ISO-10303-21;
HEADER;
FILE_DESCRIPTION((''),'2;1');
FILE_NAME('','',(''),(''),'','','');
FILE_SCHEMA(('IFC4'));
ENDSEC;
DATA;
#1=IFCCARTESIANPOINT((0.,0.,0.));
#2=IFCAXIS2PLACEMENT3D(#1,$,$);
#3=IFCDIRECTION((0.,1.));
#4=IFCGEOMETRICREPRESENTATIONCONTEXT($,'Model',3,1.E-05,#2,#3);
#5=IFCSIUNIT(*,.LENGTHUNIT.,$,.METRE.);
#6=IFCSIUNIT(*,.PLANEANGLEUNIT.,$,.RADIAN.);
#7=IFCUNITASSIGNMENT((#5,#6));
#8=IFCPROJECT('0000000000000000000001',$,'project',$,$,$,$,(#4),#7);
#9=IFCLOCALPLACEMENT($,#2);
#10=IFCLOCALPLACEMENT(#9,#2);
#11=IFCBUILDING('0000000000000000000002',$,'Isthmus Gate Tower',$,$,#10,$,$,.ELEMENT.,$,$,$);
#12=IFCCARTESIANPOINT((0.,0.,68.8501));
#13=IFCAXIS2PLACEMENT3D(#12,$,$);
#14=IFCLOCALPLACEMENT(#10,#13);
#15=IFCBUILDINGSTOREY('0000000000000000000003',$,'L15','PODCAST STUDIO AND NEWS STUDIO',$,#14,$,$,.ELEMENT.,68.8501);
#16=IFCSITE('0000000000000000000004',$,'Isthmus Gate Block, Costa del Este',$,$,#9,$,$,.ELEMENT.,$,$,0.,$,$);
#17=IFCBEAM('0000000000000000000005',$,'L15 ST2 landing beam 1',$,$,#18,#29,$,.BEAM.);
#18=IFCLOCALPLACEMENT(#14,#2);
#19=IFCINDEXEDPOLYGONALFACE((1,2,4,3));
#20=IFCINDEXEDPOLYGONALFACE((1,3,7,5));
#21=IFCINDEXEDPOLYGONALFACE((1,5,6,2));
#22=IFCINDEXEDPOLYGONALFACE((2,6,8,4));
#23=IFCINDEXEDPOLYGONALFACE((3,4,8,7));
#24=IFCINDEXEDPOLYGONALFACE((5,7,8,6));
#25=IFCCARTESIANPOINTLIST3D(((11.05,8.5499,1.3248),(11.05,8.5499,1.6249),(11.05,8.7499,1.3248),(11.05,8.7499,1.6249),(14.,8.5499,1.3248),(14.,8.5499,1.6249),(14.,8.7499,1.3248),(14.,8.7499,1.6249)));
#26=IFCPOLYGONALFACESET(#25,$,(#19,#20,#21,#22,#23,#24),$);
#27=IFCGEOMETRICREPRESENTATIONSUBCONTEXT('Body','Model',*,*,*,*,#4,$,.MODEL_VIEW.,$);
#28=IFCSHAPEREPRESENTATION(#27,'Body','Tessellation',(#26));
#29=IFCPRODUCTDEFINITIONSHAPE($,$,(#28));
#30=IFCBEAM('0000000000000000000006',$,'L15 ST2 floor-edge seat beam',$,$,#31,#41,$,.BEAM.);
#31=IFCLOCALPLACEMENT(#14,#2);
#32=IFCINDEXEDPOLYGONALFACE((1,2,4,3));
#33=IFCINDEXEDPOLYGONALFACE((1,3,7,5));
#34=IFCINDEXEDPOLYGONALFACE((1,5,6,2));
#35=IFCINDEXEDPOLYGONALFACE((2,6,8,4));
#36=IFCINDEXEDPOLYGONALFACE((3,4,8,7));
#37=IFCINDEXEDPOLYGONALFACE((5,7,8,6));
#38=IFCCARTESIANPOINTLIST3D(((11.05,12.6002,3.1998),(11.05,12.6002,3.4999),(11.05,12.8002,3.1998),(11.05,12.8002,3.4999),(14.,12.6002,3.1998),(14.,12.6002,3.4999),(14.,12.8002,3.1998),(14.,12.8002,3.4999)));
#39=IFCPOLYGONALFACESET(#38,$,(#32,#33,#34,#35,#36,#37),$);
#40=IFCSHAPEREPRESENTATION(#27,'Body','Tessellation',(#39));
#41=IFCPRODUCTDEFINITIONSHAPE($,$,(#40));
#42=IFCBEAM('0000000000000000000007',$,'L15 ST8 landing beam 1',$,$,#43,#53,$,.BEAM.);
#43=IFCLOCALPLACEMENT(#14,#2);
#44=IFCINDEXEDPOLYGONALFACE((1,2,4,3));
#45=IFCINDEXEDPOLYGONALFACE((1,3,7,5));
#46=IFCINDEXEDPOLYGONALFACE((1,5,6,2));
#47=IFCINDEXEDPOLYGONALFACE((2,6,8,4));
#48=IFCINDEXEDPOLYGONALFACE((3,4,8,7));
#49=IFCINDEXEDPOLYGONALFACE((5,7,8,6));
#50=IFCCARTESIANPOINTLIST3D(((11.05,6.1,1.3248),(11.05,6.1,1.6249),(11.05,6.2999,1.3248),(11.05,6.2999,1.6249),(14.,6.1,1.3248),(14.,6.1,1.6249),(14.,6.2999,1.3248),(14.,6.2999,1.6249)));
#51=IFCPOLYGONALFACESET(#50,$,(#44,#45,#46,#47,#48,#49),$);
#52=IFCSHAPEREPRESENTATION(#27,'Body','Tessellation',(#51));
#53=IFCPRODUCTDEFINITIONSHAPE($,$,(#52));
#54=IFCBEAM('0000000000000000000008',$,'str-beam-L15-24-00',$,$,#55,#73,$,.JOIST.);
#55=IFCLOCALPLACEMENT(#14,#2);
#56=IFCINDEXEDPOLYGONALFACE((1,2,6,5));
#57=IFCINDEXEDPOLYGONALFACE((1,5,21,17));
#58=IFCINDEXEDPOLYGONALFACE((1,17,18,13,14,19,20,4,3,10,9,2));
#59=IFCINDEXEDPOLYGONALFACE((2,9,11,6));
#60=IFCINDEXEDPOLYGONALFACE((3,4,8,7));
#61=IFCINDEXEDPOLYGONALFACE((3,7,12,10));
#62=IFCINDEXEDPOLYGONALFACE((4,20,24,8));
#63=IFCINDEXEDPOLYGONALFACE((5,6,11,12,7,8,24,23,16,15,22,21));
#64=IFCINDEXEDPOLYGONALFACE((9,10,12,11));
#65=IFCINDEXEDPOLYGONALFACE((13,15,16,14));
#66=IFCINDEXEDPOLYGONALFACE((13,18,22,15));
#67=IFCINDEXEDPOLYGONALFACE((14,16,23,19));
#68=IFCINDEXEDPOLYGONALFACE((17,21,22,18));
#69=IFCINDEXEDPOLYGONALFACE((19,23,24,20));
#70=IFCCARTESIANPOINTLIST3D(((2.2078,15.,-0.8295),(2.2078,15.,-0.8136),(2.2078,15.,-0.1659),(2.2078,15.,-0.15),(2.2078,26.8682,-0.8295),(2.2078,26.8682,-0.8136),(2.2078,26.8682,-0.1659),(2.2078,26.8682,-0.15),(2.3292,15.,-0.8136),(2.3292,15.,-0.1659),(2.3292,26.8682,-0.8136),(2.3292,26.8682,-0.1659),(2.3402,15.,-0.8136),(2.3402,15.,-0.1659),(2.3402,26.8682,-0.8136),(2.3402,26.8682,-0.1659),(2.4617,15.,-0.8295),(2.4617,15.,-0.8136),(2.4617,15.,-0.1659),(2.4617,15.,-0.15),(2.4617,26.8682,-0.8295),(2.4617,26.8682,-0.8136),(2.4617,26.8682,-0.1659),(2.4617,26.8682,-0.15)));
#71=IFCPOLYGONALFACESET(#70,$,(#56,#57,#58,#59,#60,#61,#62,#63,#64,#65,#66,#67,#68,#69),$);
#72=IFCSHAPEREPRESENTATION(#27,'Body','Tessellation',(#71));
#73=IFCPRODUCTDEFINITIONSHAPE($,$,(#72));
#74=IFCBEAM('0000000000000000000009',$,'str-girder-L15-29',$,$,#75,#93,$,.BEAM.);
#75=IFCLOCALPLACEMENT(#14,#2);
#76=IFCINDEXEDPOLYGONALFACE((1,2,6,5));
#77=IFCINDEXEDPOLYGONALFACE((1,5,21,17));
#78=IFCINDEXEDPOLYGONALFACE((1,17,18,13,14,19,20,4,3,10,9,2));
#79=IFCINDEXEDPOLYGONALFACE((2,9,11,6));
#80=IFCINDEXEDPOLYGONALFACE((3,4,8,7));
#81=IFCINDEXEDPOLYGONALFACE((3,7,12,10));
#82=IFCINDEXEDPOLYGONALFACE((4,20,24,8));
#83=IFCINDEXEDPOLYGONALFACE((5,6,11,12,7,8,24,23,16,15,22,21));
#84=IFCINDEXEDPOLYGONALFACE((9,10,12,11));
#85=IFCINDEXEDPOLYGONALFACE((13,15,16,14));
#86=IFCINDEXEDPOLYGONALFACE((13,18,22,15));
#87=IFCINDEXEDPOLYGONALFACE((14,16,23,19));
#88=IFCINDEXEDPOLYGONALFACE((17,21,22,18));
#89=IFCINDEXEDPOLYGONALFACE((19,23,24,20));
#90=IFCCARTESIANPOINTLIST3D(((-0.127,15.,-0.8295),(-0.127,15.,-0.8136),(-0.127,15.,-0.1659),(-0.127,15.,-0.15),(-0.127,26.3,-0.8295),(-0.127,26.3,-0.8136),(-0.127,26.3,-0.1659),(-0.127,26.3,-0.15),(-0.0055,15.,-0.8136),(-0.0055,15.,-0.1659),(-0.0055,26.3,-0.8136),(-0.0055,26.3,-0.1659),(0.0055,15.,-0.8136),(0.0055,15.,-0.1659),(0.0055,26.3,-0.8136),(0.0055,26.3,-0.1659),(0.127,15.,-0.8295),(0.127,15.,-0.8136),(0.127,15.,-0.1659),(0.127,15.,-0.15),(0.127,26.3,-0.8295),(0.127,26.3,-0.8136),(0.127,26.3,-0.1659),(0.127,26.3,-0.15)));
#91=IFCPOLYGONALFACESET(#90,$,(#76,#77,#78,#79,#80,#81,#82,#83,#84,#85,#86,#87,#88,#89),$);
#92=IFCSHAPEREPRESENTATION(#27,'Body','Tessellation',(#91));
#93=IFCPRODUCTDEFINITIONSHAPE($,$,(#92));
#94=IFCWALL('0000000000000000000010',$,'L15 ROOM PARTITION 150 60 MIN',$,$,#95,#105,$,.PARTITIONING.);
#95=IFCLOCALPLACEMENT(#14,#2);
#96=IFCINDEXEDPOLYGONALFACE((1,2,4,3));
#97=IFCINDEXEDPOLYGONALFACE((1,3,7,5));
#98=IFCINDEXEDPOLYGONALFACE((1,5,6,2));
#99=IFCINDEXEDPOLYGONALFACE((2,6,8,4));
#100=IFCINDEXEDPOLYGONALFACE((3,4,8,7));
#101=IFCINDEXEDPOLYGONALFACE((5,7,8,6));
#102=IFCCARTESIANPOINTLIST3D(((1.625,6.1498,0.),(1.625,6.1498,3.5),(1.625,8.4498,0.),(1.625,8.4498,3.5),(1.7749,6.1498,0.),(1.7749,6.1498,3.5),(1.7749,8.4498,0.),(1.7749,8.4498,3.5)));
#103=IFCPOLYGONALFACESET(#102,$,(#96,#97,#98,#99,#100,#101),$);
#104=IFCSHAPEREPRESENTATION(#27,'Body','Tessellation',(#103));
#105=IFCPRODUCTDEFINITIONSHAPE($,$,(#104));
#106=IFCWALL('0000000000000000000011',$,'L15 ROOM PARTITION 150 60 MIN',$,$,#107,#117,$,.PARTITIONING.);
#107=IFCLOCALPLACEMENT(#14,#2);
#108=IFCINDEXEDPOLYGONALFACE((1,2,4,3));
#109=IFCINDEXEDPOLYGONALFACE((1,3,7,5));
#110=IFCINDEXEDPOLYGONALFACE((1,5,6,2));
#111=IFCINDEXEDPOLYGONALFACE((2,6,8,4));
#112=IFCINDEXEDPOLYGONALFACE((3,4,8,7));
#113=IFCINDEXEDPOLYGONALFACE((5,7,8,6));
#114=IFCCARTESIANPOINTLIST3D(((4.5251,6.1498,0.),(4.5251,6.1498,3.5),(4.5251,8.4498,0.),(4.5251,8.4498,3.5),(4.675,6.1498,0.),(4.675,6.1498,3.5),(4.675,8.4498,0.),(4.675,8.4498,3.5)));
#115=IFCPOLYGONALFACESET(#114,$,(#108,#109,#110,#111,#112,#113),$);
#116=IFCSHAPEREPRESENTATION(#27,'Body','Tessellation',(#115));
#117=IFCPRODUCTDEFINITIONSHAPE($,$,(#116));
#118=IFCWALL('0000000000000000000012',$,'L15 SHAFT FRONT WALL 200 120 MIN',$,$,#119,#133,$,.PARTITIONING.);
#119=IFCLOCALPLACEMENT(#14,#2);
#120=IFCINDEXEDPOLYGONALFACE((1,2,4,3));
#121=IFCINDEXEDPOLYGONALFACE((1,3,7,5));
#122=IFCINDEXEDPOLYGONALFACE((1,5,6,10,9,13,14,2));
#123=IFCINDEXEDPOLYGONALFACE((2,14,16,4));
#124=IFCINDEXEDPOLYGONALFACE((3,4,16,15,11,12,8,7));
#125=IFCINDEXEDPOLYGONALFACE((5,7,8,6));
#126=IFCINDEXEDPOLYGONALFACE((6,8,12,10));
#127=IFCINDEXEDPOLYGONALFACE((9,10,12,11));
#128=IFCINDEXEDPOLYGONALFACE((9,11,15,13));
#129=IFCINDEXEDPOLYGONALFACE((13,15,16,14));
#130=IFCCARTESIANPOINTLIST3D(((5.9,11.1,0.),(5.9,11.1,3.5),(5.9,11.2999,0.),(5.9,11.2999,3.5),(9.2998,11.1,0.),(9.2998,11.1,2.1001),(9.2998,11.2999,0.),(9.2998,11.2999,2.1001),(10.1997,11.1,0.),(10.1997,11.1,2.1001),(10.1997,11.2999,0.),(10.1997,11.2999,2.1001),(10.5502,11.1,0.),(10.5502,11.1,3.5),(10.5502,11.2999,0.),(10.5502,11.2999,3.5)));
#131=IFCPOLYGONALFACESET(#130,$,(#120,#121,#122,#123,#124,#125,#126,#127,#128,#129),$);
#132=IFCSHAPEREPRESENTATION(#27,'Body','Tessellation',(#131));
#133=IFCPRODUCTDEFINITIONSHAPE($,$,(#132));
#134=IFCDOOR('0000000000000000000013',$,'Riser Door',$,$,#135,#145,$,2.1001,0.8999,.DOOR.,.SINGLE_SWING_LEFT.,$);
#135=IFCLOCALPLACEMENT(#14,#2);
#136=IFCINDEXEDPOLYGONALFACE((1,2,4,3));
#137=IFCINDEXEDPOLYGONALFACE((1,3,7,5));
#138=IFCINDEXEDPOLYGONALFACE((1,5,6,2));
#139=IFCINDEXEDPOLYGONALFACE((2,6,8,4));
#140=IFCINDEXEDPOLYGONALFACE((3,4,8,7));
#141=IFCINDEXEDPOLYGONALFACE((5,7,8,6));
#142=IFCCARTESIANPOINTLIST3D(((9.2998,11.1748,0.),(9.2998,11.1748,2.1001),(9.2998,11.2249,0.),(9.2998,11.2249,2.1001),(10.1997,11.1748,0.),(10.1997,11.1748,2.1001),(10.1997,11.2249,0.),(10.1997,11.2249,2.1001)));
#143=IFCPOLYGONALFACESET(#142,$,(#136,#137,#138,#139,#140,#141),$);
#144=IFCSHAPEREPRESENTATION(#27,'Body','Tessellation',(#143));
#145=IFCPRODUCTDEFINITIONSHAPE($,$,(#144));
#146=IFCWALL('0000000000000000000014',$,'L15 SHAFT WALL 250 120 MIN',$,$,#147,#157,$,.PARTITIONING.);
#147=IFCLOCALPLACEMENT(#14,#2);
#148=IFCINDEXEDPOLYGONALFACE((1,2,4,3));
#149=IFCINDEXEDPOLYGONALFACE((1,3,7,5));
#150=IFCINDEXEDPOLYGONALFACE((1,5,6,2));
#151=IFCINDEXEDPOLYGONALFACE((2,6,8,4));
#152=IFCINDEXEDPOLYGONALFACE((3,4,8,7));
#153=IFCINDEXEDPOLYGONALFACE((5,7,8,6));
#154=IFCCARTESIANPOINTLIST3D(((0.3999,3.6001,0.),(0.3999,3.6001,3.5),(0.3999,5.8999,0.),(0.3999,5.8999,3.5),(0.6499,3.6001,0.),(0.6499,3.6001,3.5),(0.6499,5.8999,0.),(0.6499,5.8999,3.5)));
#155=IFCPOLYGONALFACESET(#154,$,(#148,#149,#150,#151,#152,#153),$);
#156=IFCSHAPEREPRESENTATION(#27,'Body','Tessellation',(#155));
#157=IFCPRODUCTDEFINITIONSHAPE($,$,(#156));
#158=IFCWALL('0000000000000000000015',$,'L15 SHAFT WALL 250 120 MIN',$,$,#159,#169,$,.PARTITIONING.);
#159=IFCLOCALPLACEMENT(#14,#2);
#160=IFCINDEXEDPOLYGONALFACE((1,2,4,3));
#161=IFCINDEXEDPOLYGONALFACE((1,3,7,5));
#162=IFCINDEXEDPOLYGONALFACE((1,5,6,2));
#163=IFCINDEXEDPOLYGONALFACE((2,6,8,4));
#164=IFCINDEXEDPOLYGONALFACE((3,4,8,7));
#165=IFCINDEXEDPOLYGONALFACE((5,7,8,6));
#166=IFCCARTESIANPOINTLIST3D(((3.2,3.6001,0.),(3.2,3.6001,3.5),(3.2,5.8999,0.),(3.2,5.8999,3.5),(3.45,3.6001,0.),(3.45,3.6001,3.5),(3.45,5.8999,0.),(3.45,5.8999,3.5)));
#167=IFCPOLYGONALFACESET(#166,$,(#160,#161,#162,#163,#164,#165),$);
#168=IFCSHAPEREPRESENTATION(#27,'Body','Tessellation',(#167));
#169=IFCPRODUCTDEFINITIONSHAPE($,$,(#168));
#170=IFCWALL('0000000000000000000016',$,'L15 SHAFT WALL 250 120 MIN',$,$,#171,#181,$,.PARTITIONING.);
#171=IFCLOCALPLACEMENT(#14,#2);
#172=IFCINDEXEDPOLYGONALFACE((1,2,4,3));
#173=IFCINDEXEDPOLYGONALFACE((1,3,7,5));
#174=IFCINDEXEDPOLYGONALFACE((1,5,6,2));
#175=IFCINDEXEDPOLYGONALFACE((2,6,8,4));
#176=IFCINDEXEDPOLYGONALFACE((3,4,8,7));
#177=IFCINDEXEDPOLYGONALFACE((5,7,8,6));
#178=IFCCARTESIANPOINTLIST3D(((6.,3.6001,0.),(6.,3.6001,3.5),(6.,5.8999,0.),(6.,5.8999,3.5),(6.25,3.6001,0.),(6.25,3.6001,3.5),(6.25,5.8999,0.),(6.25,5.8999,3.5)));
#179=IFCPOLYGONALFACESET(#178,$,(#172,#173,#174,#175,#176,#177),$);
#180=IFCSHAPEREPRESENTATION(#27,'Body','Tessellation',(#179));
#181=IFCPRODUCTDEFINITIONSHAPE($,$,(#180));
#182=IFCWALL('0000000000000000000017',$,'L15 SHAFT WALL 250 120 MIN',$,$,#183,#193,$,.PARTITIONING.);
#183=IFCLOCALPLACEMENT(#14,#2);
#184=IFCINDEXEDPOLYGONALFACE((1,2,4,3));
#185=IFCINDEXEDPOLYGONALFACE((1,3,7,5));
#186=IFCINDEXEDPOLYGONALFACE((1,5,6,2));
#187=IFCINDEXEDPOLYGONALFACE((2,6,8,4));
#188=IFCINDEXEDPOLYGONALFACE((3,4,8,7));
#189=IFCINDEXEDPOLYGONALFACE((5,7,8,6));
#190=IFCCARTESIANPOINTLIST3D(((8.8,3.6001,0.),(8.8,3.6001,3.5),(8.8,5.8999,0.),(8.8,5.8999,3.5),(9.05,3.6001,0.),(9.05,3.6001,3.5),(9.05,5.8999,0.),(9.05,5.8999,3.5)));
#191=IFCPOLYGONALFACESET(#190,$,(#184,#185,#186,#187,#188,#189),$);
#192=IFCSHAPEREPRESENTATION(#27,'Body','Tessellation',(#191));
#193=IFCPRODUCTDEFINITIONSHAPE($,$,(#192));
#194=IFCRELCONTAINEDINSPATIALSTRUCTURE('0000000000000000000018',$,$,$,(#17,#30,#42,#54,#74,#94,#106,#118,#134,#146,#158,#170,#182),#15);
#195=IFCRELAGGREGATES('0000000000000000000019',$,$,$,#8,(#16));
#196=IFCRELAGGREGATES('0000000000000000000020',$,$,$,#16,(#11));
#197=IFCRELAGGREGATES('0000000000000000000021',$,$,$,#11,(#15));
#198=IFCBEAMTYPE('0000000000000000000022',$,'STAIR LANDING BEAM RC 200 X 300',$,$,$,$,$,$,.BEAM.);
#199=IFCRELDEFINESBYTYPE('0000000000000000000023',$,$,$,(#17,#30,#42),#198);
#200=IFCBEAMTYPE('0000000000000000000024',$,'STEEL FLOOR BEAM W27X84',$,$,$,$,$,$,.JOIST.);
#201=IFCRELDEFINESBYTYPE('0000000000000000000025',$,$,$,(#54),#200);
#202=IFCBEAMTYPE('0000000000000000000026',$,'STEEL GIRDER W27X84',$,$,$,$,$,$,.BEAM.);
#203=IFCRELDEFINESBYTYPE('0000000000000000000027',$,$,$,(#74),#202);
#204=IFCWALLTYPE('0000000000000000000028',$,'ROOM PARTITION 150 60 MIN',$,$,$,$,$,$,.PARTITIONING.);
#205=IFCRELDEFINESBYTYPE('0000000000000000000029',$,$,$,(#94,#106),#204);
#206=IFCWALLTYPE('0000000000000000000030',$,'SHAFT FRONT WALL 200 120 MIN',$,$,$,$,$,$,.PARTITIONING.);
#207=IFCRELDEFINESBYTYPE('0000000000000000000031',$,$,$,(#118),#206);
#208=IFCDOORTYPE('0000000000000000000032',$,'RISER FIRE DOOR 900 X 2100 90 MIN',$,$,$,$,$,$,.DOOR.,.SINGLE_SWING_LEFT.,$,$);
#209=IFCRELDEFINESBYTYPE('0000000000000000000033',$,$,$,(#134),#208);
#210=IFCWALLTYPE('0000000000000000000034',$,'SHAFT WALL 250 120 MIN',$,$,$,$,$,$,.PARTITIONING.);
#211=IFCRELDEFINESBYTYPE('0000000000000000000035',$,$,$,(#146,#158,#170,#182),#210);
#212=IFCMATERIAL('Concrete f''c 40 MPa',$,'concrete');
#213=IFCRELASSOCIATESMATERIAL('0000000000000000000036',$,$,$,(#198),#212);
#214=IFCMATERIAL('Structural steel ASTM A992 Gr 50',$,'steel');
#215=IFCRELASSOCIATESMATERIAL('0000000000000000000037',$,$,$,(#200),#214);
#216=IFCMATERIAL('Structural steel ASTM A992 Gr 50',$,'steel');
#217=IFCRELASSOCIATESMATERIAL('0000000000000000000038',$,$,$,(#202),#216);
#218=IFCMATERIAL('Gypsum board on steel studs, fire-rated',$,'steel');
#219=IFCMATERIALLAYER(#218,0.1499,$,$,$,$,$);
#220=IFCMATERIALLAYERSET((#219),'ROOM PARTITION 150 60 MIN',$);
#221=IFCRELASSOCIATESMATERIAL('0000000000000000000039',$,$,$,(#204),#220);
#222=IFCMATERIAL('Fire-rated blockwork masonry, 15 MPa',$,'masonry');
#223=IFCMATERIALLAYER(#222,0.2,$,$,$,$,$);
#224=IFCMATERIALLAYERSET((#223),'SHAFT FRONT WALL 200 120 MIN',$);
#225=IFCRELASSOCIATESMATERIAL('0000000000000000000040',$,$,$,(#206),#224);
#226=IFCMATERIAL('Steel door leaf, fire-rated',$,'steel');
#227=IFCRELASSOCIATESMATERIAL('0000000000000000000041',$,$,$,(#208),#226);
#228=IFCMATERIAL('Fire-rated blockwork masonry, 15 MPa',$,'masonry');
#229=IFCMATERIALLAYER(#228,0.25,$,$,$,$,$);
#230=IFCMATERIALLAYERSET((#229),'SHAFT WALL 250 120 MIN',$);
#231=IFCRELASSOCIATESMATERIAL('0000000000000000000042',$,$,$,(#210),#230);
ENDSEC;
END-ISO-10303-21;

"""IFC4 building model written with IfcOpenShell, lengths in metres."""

from ifc_helpers import new_model, si_unit, direction, frame, frame_2d, origin, origin_2d, place, context, subcontext, project, spatial, rectangle, i_section, extrude, material, layer, layer_set, material_profile, profile_set, type_object, element, fill, save


model = new_model("IFC4")

# Units and contexts
model_context = context("Model", 3, precision=1e-05, world=origin(), true_north=direction((0.0, 1.0)))
body_context = subcontext(model_context, "Body", "Model", "MODEL_VIEW")
ifc_project = project(units=[si_unit("LENGTHUNIT", "METRE"), si_unit("PLANEANGLEUNIT", "RADIAN")], contexts=[model_context])

# Site, building, storey
site_placement = place(None, origin())
site = spatial("IfcSite", under=ifc_project, at=site_placement, Name="Isthmus Gate Block, Costa del Este", CompositionType="ELEMENT", RefElevation=0.0)
building_placement = place(site_placement, origin())
building = spatial("IfcBuilding", under=site, at=building_placement, Name="Isthmus Gate Tower", CompositionType="ELEMENT")
storey_placement = place(building_placement, frame((0.0, 0.0, 68.8501)))
storey = spatial("IfcBuildingStorey", under=building, at=storey_placement, Name="L15", Description="PODCAST STUDIO AND NEWS STUDIO", CompositionType="ELEMENT", Elevation=68.8501)

# Beams
ifc_material_1 = material(Name="Concrete f'c 40 MPa", Category="concrete")
ifc_material_profile_1 = material_profile(ifc_material_1, rectangle(XDim=0.2, YDim=0.3, at=origin_2d()), Name="STAIR LANDING BEAM RC 200 X 300")
ifc_profile_set_1 = profile_set([ifc_material_profile_1], Name="Concrete f'c 40 MPa")
beam_type_1 = type_object("IfcBeamType", Name="STAIR LANDING BEAM RC 200 X 300", PredefinedType="BEAM", material=ifc_profile_set_1)
for number, where, z_axis, x_axis, name in (
    (1, (11.05, 8.6499, 1.4749), (1.0, 0.0, 0.0), (0.0, 1.0, 0.0), "L15 ST2 landing beam 1"),
    (2, (11.05, 12.7002, 3.3499), (1.0, 0.0, 0.0), (0.0, 1.0, 0.0), "L15 ST2 floor-edge seat beam"),
    (3, (11.05, 6.2, 1.4749), (1.0, 0.0, 0.0), (0.0, 1.0, 0.0), "L15 ST8 landing beam 1"),
):
    element("IfcBeam", number, at=place(storey_placement, frame(where, z_axis=z_axis, x_axis=x_axis)), inside=storey, type_object=beam_type_1, Name=name, PredefinedType="BEAM", context=body_context, shape_type="SweptSolid", body=[
        extrude(rectangle(XDim=0.2, YDim=0.3, at=origin_2d()), origin(), (0.0, 0.0, 1.0), 2.95),
    ])
ifc_material_2 = material(Name="Structural steel ASTM A992 Gr 50", Category="steel")
ifc_material_profile_2 = material_profile(ifc_material_2, i_section(OverallWidth=0.2539, OverallDepth=0.6794, WebThickness=0.011, FlangeThickness=0.0159, at=origin_2d()), Name="W27X84")
ifc_profile_set_2 = profile_set([ifc_material_profile_2], Name="Structural steel ASTM A992 Gr 50")
beam_type_2 = type_object("IfcBeamType", Name="STEEL FLOOR BEAM W27X84", PredefinedType="JOIST", material=ifc_profile_set_2)
beam_1_placement = place(storey_placement, frame((2.3347, 15.0, -0.4897), z_axis=(0.0, 1.0, 0.0), x_axis=(-1.0, 0.0, 0.0)))
element("IfcBeam", 4, at=beam_1_placement, inside=storey, type_object=beam_type_2, Name="str-beam-L15-24-00", PredefinedType="JOIST", context=body_context, shape_type="SweptSolid", body=[
    extrude(i_section(OverallWidth=0.2539, OverallDepth=0.6794, WebThickness=0.011, FlangeThickness=0.0159, at=origin_2d()), origin(), (0.0, 0.0, 1.0), 11.8682),
])
ifc_material_3 = material(Name="Structural steel ASTM A992 Gr 50", Category="steel")
ifc_material_profile_3 = material_profile(ifc_material_3, i_section(OverallWidth=0.2539, OverallDepth=0.6794, WebThickness=0.011, FlangeThickness=0.0159, at=origin_2d()), Name="W27X84")
ifc_profile_set_3 = profile_set([ifc_material_profile_3], Name="Structural steel ASTM A992 Gr 50")
beam_type_3 = type_object("IfcBeamType", Name="STEEL GIRDER W27X84", PredefinedType="BEAM", material=ifc_profile_set_3)
beam_2_placement = place(storey_placement, frame((0.0, 15.0, -0.4897), z_axis=(0.0, 1.0, 0.0), x_axis=(-1.0, 0.0, 0.0)))
element("IfcBeam", 5, at=beam_2_placement, inside=storey, type_object=beam_type_3, Name="str-girder-L15-29", PredefinedType="BEAM", context=body_context, shape_type="SweptSolid", body=[
    extrude(i_section(OverallWidth=0.2539, OverallDepth=0.6794, WebThickness=0.011, FlangeThickness=0.0159, at=origin_2d()), origin(), (0.0, 0.0, 1.0), 11.3),
])

# Walls
ifc_material_4 = material(Name="Gypsum board on steel studs, fire-rated", Category="steel")
ifc_layer_1 = layer(ifc_material_4, 0.1499)
ifc_layer_set_1 = layer_set([ifc_layer_1], Name="ROOM PARTITION 150 60 MIN")
wall_type_1 = type_object("IfcWallType", Name="ROOM PARTITION 150 60 MIN", PredefinedType="PARTITIONING", material=ifc_layer_set_1)
for number, where, z_axis, x_axis, name in (
    (6, (1.7, 6.1499, 0.0), (0.0, 0.0, 1.0), (0.0, 1.0, 0.0), "L15 ROOM PARTITION 150 60 MIN"),
    (7, (4.6001, 6.1499, 0.0), (0.0, 0.0, 1.0), (0.0, 1.0, 0.0), "L15 ROOM PARTITION 150 60 MIN"),
):
    element("IfcWall", number, at=place(storey_placement, frame(where, z_axis=z_axis, x_axis=x_axis)), inside=storey, type_object=wall_type_1, Name=name, PredefinedType="PARTITIONING", context=body_context, shape_type="SweptSolid", body=[
        extrude(rectangle(XDim=2.3, YDim=0.1499, at=frame_2d((1.1499, 0.0))), origin(), (0.0, 0.0, 1.0), 3.5),
    ])

# Wall, opening, door
ifc_material_5 = material(Name="Fire-rated blockwork masonry, 15 MPa", Category="masonry")
ifc_layer_2 = layer(ifc_material_5, 0.2)
ifc_layer_set_2 = layer_set([ifc_layer_2], Name="SHAFT FRONT WALL 200 120 MIN")
wall_type_2 = type_object("IfcWallType", Name="SHAFT FRONT WALL 200 120 MIN", PredefinedType="PARTITIONING", material=ifc_layer_set_2)
wall_1_placement = place(storey_placement, frame((5.8999, 11.2, 0.0), z_axis=(0.0, 0.0, 1.0), x_axis=(1.0, 0.0, 0.0)))
wall_1 = element("IfcWall", 8, at=wall_1_placement, inside=storey, type_object=wall_type_2, Name="L15 SHAFT FRONT WALL 200 120 MIN", PredefinedType="PARTITIONING", context=body_context, shape_type="SweptSolid", body=[
    extrude(rectangle(XDim=4.6501, YDim=0.2, at=frame_2d((2.3252, 0.0))), origin(), (0.0, 0.0, 1.0), 3.5),
])
opening_placement = place(wall_1_placement, frame((3.3999, 0.0, 0.0)))
opening = element("IfcOpeningElement", 9, at=opening_placement, cuts=wall_1, PredefinedType="OPENING", context=body_context, shape_type="SweptSolid", body=[
    extrude(rectangle(XDim=0.8999, YDim=2.1001, at=frame_2d((0.45, 1.05))), frame((0.0, 0.1099, 0.0), z_axis=(0.0, -1.0, 0.0), x_axis=(1.0, 0.0, 0.0)), (0.0, 0.0, 1.0), 0.22),
])
ifc_material_6 = material(Name="Steel door leaf, fire-rated", Category="steel")
door_type = type_object("IfcDoorType", Name="RISER FIRE DOOR 900 X 2100 90 MIN", OperationType="SINGLE_SWING_LEFT", PredefinedType="DOOR", material=ifc_material_6)
door_placement = place(opening_placement, origin())
door = element("IfcDoor", 10, at=door_placement, inside=storey, type_object=door_type, Name="Riser Door", OperationType="SINGLE_SWING_LEFT", OverallHeight=2.1001, OverallWidth=0.8999, PredefinedType="DOOR", context=body_context, shape_type="SweptSolid", body=[
    extrude(rectangle(XDim=0.8999, YDim=2.1001, at=frame_2d((0.45, 1.05))), frame((0.0, 0.0249, 0.0), z_axis=(0.0, -1.0, 0.0), x_axis=(1.0, 0.0, 0.0)), (0.0, 0.0, 1.0), 0.05),
])
fill(opening, door)

# Walls
ifc_material_7 = material(Name="Fire-rated blockwork masonry, 15 MPa", Category="masonry")
ifc_layer_3 = layer(ifc_material_7, 0.25)
ifc_layer_set_3 = layer_set([ifc_layer_3], Name="SHAFT WALL 250 120 MIN")
wall_type_3 = type_object("IfcWallType", Name="SHAFT WALL 250 120 MIN", PredefinedType="PARTITIONING", material=ifc_layer_set_3)
for number, where, z_axis, x_axis, name in (
    (11, (0.5249, 3.6001, 0.0), (0.0, 0.0, 1.0), (0.0, 1.0, 0.0), "L15 SHAFT WALL 250 120 MIN"),
    (12, (3.325, 3.6001, 0.0), (0.0, 0.0, 1.0), (0.0, 1.0, 0.0), "L15 SHAFT WALL 250 120 MIN"),
    (13, (6.125, 3.6001, 0.0), (0.0, 0.0, 1.0), (0.0, 1.0, 0.0), "L15 SHAFT WALL 250 120 MIN"),
    (14, (8.925, 3.6001, 0.0), (0.0, 0.0, 1.0), (0.0, 1.0, 0.0), "L15 SHAFT WALL 250 120 MIN"),
):
    element("IfcWall", number, at=place(storey_placement, frame(where, z_axis=z_axis, x_axis=x_axis)), inside=storey, type_object=wall_type_3, Name=name, PredefinedType="PARTITIONING", context=body_context, shape_type="SweptSolid", body=[
        extrude(rectangle(XDim=2.2998, YDim=0.25, at=frame_2d((1.1499, 0.0))), origin(), (0.0, 0.0, 1.0), 3.5),
    ])

save(model, "model.ifc")
